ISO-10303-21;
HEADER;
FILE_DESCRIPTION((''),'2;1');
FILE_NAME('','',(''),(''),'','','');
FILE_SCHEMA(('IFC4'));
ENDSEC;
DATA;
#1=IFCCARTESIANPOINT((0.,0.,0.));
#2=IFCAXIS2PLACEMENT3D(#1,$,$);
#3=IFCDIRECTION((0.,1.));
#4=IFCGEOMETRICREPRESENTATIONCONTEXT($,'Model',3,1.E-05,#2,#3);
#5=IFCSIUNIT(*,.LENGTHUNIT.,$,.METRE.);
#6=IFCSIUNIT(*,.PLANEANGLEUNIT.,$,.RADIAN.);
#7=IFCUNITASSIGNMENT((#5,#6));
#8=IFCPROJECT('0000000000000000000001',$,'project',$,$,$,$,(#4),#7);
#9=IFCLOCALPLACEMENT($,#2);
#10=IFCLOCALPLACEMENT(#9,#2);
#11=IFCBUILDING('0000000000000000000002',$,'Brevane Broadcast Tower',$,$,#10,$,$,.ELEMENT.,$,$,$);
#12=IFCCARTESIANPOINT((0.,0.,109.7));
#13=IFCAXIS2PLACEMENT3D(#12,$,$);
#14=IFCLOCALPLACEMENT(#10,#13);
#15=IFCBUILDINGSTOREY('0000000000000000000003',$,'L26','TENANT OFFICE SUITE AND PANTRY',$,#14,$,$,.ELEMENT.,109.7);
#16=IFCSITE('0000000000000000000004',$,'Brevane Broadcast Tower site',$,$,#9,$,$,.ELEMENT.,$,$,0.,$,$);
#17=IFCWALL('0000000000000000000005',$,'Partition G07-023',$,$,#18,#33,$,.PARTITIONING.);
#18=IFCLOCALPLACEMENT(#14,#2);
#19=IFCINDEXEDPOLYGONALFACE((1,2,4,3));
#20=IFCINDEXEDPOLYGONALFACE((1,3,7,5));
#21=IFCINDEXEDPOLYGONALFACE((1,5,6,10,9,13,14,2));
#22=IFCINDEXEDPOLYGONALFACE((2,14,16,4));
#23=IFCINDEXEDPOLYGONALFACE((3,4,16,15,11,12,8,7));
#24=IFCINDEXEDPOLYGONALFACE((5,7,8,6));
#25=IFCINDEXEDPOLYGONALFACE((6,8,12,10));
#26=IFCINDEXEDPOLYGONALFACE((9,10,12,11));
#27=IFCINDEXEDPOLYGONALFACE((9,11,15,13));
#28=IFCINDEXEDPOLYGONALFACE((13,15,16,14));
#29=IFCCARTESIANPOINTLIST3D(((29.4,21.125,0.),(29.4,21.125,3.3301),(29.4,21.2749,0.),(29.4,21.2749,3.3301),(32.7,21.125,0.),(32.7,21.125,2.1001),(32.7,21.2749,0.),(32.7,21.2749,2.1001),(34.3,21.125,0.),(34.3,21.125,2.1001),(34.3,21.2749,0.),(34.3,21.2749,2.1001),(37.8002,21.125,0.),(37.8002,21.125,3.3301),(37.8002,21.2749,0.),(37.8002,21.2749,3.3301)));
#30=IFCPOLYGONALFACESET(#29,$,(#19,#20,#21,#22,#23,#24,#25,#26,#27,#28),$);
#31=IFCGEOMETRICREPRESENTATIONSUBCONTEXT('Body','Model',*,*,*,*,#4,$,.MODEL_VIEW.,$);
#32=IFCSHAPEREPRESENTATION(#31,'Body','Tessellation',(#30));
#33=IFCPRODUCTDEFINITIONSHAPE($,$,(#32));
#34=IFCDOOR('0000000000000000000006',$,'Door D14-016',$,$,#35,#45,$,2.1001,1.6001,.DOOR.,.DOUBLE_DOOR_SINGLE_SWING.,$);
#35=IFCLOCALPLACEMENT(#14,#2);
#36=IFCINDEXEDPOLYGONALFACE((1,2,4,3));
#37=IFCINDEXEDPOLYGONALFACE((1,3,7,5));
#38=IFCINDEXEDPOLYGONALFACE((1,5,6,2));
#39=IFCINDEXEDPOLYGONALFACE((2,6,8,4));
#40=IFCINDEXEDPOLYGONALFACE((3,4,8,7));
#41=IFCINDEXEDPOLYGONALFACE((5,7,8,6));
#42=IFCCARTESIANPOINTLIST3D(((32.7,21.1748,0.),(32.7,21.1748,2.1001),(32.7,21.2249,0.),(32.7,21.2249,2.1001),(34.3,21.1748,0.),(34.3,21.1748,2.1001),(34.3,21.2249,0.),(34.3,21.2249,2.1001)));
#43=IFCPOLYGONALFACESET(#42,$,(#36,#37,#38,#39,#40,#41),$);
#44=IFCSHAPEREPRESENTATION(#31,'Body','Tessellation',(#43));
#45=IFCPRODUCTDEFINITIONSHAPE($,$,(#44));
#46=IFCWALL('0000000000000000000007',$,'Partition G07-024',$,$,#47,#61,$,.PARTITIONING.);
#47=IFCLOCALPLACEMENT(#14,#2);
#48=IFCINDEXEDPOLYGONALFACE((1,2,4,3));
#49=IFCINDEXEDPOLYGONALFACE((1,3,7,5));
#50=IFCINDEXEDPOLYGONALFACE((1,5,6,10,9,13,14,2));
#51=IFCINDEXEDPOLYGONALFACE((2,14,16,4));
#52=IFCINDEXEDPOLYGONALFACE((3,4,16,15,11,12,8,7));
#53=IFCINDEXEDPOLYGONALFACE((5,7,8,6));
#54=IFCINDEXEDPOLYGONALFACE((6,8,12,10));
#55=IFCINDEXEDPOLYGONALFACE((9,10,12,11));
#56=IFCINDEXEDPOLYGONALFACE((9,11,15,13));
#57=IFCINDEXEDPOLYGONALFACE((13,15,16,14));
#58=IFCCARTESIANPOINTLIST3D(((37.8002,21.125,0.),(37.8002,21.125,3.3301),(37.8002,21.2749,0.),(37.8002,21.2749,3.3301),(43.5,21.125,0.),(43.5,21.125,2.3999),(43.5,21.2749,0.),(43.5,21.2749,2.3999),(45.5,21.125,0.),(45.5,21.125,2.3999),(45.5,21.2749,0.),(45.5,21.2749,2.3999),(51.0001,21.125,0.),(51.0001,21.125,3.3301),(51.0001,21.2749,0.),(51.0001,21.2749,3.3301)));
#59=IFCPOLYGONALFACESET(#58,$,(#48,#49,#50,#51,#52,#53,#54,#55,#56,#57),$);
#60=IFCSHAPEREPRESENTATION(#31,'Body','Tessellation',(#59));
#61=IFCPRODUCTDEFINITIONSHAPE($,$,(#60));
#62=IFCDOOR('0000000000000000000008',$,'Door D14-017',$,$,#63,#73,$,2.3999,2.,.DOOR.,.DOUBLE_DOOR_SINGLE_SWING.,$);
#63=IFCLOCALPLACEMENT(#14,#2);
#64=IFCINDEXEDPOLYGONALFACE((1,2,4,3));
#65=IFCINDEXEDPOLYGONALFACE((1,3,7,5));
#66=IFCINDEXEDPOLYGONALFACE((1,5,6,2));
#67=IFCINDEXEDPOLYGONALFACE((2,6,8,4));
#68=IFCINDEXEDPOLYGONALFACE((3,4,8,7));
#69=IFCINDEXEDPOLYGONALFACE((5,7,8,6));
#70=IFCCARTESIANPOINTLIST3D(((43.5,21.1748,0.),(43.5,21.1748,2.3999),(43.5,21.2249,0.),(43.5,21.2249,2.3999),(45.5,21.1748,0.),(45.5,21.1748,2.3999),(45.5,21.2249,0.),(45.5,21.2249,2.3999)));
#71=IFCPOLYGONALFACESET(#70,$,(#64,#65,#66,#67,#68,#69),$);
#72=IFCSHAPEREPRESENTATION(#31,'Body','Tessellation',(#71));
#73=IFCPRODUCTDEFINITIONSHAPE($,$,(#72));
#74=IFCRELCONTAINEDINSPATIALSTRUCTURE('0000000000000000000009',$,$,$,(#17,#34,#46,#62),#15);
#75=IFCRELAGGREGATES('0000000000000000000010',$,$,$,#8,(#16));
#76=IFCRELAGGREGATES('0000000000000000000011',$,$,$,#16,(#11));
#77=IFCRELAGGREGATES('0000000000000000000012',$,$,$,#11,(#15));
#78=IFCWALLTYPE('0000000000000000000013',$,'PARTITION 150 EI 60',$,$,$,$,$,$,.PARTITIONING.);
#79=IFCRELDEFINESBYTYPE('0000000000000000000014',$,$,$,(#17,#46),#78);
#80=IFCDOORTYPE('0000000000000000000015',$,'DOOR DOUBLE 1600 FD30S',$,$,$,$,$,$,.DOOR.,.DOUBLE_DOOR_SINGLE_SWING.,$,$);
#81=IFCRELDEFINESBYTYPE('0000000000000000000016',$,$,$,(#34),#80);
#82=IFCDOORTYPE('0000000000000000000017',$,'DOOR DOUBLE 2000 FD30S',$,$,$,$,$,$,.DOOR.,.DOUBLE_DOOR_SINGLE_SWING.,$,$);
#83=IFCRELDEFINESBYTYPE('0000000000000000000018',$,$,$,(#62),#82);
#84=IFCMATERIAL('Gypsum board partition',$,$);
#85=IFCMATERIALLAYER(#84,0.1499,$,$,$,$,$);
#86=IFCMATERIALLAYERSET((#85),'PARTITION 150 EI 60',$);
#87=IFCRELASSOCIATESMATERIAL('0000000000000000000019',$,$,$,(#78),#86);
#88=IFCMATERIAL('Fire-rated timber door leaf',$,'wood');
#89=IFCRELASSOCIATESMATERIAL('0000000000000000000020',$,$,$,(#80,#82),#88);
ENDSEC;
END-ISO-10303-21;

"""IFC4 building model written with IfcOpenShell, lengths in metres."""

from ifc_helpers import new_model, si_unit, direction, frame, frame_2d, origin, place, context, subcontext, project, spatial, rectangle, extrude, material, layer, layer_set, type_object, element, fill, save


model = new_model("IFC4")

# Units and contexts
model_context = context("Model", 3, precision=1e-05, world=origin(), true_north=direction((0.0, 1.0)))
body_context = subcontext(model_context, "Body", "Model", "MODEL_VIEW")
ifc_project = project(units=[si_unit("LENGTHUNIT", "METRE"), si_unit("PLANEANGLEUNIT", "RADIAN")], contexts=[model_context])

# Site, building, storey
site_placement = place(None, origin())
site = spatial("IfcSite", under=ifc_project, at=site_placement, Name="Brevane Broadcast Tower site", CompositionType="ELEMENT", RefElevation=0.0)
building_placement = place(site_placement, origin())
building = spatial("IfcBuilding", under=site, at=building_placement, Name="Brevane Broadcast Tower", CompositionType="ELEMENT")
storey_placement = place(building_placement, frame((0.0, 0.0, 109.7)))
storey = spatial("IfcBuildingStorey", under=building, at=storey_placement, Name="L26", Description="TENANT OFFICE SUITE AND PANTRY", CompositionType="ELEMENT", Elevation=109.7)

# Shared definitions
ifc_material_1 = material(Name="Gypsum board partition")

# Walls, openings, doors
ifc_layer_1 = layer(ifc_material_1, 0.1499)
ifc_layer_set_1 = layer_set([ifc_layer_1], Name="PARTITION 150 EI 60")
wall_type_1 = type_object("IfcWallType", Name="PARTITION 150 EI 60", PredefinedType="PARTITIONING", material=ifc_layer_set_1)
wall_1_placement = place(storey_placement, frame((29.3999, 21.2, 0.0), z_axis=(0.0, 0.0, 1.0), x_axis=(1.0, 0.0, 0.0)))
wall_1 = element("IfcWall", 1, at=wall_1_placement, inside=storey, type_object=wall_type_1, Name="Partition G07-023", PredefinedType="PARTITIONING", context=body_context, shape_type="SweptSolid", body=[
    extrude(rectangle(XDim=8.4001, YDim=0.1499, at=frame_2d((4.2002, 0.0))), origin(), (0.0, 0.0, 1.0), 3.3301),
])
opening_1_placement = place(wall_1_placement, frame((3.3, 0.0, 0.0)))
opening_1 = element("IfcOpeningElement", 2, at=opening_1_placement, cuts=wall_1, PredefinedType="OPENING", context=body_context, shape_type="SweptSolid", body=[
    extrude(rectangle(XDim=1.6001, YDim=2.1001, at=frame_2d((0.8, 1.05))), frame((0.0, 0.085, 0.0), z_axis=(0.0, -1.0, 0.0), x_axis=(1.0, 0.0, 0.0)), (0.0, 0.0, 1.0), 0.1699),
])
ifc_material_2 = material(Name="Fire-rated timber door leaf", Category="wood")
door_type_1 = type_object("IfcDoorType", Name="DOOR DOUBLE 1600 FD30S", OperationType="DOUBLE_DOOR_SINGLE_SWING", PredefinedType="DOOR", material=ifc_material_2)
door_1_placement = place(opening_1_placement, origin())
door_1 = element("IfcDoor", 3, at=door_1_placement, inside=storey, type_object=door_type_1, Name="Door D14-016", OperationType="DOUBLE_DOOR_SINGLE_SWING", OverallHeight=2.1001, OverallWidth=1.6001, PredefinedType="DOOR", context=body_context, shape_type="SweptSolid", body=[
    extrude(rectangle(XDim=1.6001, YDim=2.1001, at=frame_2d((0.8, 1.05))), frame((0.0, 0.0249, 0.0), z_axis=(0.0, -1.0, 0.0), x_axis=(1.0, 0.0, 0.0)), (0.0, 0.0, 1.0), 0.05),
])
fill(opening_1, door_1)
wall_2_placement = place(storey_placement, frame((37.8, 21.2, 0.0), z_axis=(0.0, 0.0, 1.0), x_axis=(1.0, 0.0, 0.0)))
wall_2 = element("IfcWall", 4, at=wall_2_placement, inside=storey, type_object=wall_type_1, Name="Partition G07-024", PredefinedType="PARTITIONING", context=body_context, shape_type="SweptSolid", body=[
    extrude(rectangle(XDim=13.2, YDim=0.1499, at=frame_2d((6.6001, 0.0))), origin(), (0.0, 0.0, 1.0), 3.3301),
])
opening_2_placement = place(wall_2_placement, frame((5.7, 0.0, 0.0)))
opening_2 = element("IfcOpeningElement", 5, at=opening_2_placement, cuts=wall_2, PredefinedType="OPENING", context=body_context, shape_type="SweptSolid", body=[
    extrude(rectangle(XDim=2.0, YDim=2.3999, at=frame_2d((1.0, 1.2))), frame((0.0, 0.085, 0.0), z_axis=(0.0, -1.0, 0.0), x_axis=(1.0, 0.0, 0.0)), (0.0, 0.0, 1.0), 0.1699),
])
door_type_2 = type_object("IfcDoorType", Name="DOOR DOUBLE 2000 FD30S", OperationType="DOUBLE_DOOR_SINGLE_SWING", PredefinedType="DOOR", material=ifc_material_2)
door_2_placement = place(opening_2_placement, origin())
door_2 = element("IfcDoor", 6, at=door_2_placement, inside=storey, type_object=door_type_2, Name="Door D14-017", OperationType="DOUBLE_DOOR_SINGLE_SWING", OverallHeight=2.3999, OverallWidth=2.0, PredefinedType="DOOR", context=body_context, shape_type="SweptSolid", body=[
    extrude(rectangle(XDim=2.0, YDim=2.3999, at=frame_2d((1.0, 1.2))), frame((0.0, 0.0249, 0.0), z_axis=(0.0, -1.0, 0.0), x_axis=(1.0, 0.0, 0.0)), (0.0, 0.0, 1.0), 0.05),
])
fill(opening_2, door_2)

save(model, "model.ifc")
